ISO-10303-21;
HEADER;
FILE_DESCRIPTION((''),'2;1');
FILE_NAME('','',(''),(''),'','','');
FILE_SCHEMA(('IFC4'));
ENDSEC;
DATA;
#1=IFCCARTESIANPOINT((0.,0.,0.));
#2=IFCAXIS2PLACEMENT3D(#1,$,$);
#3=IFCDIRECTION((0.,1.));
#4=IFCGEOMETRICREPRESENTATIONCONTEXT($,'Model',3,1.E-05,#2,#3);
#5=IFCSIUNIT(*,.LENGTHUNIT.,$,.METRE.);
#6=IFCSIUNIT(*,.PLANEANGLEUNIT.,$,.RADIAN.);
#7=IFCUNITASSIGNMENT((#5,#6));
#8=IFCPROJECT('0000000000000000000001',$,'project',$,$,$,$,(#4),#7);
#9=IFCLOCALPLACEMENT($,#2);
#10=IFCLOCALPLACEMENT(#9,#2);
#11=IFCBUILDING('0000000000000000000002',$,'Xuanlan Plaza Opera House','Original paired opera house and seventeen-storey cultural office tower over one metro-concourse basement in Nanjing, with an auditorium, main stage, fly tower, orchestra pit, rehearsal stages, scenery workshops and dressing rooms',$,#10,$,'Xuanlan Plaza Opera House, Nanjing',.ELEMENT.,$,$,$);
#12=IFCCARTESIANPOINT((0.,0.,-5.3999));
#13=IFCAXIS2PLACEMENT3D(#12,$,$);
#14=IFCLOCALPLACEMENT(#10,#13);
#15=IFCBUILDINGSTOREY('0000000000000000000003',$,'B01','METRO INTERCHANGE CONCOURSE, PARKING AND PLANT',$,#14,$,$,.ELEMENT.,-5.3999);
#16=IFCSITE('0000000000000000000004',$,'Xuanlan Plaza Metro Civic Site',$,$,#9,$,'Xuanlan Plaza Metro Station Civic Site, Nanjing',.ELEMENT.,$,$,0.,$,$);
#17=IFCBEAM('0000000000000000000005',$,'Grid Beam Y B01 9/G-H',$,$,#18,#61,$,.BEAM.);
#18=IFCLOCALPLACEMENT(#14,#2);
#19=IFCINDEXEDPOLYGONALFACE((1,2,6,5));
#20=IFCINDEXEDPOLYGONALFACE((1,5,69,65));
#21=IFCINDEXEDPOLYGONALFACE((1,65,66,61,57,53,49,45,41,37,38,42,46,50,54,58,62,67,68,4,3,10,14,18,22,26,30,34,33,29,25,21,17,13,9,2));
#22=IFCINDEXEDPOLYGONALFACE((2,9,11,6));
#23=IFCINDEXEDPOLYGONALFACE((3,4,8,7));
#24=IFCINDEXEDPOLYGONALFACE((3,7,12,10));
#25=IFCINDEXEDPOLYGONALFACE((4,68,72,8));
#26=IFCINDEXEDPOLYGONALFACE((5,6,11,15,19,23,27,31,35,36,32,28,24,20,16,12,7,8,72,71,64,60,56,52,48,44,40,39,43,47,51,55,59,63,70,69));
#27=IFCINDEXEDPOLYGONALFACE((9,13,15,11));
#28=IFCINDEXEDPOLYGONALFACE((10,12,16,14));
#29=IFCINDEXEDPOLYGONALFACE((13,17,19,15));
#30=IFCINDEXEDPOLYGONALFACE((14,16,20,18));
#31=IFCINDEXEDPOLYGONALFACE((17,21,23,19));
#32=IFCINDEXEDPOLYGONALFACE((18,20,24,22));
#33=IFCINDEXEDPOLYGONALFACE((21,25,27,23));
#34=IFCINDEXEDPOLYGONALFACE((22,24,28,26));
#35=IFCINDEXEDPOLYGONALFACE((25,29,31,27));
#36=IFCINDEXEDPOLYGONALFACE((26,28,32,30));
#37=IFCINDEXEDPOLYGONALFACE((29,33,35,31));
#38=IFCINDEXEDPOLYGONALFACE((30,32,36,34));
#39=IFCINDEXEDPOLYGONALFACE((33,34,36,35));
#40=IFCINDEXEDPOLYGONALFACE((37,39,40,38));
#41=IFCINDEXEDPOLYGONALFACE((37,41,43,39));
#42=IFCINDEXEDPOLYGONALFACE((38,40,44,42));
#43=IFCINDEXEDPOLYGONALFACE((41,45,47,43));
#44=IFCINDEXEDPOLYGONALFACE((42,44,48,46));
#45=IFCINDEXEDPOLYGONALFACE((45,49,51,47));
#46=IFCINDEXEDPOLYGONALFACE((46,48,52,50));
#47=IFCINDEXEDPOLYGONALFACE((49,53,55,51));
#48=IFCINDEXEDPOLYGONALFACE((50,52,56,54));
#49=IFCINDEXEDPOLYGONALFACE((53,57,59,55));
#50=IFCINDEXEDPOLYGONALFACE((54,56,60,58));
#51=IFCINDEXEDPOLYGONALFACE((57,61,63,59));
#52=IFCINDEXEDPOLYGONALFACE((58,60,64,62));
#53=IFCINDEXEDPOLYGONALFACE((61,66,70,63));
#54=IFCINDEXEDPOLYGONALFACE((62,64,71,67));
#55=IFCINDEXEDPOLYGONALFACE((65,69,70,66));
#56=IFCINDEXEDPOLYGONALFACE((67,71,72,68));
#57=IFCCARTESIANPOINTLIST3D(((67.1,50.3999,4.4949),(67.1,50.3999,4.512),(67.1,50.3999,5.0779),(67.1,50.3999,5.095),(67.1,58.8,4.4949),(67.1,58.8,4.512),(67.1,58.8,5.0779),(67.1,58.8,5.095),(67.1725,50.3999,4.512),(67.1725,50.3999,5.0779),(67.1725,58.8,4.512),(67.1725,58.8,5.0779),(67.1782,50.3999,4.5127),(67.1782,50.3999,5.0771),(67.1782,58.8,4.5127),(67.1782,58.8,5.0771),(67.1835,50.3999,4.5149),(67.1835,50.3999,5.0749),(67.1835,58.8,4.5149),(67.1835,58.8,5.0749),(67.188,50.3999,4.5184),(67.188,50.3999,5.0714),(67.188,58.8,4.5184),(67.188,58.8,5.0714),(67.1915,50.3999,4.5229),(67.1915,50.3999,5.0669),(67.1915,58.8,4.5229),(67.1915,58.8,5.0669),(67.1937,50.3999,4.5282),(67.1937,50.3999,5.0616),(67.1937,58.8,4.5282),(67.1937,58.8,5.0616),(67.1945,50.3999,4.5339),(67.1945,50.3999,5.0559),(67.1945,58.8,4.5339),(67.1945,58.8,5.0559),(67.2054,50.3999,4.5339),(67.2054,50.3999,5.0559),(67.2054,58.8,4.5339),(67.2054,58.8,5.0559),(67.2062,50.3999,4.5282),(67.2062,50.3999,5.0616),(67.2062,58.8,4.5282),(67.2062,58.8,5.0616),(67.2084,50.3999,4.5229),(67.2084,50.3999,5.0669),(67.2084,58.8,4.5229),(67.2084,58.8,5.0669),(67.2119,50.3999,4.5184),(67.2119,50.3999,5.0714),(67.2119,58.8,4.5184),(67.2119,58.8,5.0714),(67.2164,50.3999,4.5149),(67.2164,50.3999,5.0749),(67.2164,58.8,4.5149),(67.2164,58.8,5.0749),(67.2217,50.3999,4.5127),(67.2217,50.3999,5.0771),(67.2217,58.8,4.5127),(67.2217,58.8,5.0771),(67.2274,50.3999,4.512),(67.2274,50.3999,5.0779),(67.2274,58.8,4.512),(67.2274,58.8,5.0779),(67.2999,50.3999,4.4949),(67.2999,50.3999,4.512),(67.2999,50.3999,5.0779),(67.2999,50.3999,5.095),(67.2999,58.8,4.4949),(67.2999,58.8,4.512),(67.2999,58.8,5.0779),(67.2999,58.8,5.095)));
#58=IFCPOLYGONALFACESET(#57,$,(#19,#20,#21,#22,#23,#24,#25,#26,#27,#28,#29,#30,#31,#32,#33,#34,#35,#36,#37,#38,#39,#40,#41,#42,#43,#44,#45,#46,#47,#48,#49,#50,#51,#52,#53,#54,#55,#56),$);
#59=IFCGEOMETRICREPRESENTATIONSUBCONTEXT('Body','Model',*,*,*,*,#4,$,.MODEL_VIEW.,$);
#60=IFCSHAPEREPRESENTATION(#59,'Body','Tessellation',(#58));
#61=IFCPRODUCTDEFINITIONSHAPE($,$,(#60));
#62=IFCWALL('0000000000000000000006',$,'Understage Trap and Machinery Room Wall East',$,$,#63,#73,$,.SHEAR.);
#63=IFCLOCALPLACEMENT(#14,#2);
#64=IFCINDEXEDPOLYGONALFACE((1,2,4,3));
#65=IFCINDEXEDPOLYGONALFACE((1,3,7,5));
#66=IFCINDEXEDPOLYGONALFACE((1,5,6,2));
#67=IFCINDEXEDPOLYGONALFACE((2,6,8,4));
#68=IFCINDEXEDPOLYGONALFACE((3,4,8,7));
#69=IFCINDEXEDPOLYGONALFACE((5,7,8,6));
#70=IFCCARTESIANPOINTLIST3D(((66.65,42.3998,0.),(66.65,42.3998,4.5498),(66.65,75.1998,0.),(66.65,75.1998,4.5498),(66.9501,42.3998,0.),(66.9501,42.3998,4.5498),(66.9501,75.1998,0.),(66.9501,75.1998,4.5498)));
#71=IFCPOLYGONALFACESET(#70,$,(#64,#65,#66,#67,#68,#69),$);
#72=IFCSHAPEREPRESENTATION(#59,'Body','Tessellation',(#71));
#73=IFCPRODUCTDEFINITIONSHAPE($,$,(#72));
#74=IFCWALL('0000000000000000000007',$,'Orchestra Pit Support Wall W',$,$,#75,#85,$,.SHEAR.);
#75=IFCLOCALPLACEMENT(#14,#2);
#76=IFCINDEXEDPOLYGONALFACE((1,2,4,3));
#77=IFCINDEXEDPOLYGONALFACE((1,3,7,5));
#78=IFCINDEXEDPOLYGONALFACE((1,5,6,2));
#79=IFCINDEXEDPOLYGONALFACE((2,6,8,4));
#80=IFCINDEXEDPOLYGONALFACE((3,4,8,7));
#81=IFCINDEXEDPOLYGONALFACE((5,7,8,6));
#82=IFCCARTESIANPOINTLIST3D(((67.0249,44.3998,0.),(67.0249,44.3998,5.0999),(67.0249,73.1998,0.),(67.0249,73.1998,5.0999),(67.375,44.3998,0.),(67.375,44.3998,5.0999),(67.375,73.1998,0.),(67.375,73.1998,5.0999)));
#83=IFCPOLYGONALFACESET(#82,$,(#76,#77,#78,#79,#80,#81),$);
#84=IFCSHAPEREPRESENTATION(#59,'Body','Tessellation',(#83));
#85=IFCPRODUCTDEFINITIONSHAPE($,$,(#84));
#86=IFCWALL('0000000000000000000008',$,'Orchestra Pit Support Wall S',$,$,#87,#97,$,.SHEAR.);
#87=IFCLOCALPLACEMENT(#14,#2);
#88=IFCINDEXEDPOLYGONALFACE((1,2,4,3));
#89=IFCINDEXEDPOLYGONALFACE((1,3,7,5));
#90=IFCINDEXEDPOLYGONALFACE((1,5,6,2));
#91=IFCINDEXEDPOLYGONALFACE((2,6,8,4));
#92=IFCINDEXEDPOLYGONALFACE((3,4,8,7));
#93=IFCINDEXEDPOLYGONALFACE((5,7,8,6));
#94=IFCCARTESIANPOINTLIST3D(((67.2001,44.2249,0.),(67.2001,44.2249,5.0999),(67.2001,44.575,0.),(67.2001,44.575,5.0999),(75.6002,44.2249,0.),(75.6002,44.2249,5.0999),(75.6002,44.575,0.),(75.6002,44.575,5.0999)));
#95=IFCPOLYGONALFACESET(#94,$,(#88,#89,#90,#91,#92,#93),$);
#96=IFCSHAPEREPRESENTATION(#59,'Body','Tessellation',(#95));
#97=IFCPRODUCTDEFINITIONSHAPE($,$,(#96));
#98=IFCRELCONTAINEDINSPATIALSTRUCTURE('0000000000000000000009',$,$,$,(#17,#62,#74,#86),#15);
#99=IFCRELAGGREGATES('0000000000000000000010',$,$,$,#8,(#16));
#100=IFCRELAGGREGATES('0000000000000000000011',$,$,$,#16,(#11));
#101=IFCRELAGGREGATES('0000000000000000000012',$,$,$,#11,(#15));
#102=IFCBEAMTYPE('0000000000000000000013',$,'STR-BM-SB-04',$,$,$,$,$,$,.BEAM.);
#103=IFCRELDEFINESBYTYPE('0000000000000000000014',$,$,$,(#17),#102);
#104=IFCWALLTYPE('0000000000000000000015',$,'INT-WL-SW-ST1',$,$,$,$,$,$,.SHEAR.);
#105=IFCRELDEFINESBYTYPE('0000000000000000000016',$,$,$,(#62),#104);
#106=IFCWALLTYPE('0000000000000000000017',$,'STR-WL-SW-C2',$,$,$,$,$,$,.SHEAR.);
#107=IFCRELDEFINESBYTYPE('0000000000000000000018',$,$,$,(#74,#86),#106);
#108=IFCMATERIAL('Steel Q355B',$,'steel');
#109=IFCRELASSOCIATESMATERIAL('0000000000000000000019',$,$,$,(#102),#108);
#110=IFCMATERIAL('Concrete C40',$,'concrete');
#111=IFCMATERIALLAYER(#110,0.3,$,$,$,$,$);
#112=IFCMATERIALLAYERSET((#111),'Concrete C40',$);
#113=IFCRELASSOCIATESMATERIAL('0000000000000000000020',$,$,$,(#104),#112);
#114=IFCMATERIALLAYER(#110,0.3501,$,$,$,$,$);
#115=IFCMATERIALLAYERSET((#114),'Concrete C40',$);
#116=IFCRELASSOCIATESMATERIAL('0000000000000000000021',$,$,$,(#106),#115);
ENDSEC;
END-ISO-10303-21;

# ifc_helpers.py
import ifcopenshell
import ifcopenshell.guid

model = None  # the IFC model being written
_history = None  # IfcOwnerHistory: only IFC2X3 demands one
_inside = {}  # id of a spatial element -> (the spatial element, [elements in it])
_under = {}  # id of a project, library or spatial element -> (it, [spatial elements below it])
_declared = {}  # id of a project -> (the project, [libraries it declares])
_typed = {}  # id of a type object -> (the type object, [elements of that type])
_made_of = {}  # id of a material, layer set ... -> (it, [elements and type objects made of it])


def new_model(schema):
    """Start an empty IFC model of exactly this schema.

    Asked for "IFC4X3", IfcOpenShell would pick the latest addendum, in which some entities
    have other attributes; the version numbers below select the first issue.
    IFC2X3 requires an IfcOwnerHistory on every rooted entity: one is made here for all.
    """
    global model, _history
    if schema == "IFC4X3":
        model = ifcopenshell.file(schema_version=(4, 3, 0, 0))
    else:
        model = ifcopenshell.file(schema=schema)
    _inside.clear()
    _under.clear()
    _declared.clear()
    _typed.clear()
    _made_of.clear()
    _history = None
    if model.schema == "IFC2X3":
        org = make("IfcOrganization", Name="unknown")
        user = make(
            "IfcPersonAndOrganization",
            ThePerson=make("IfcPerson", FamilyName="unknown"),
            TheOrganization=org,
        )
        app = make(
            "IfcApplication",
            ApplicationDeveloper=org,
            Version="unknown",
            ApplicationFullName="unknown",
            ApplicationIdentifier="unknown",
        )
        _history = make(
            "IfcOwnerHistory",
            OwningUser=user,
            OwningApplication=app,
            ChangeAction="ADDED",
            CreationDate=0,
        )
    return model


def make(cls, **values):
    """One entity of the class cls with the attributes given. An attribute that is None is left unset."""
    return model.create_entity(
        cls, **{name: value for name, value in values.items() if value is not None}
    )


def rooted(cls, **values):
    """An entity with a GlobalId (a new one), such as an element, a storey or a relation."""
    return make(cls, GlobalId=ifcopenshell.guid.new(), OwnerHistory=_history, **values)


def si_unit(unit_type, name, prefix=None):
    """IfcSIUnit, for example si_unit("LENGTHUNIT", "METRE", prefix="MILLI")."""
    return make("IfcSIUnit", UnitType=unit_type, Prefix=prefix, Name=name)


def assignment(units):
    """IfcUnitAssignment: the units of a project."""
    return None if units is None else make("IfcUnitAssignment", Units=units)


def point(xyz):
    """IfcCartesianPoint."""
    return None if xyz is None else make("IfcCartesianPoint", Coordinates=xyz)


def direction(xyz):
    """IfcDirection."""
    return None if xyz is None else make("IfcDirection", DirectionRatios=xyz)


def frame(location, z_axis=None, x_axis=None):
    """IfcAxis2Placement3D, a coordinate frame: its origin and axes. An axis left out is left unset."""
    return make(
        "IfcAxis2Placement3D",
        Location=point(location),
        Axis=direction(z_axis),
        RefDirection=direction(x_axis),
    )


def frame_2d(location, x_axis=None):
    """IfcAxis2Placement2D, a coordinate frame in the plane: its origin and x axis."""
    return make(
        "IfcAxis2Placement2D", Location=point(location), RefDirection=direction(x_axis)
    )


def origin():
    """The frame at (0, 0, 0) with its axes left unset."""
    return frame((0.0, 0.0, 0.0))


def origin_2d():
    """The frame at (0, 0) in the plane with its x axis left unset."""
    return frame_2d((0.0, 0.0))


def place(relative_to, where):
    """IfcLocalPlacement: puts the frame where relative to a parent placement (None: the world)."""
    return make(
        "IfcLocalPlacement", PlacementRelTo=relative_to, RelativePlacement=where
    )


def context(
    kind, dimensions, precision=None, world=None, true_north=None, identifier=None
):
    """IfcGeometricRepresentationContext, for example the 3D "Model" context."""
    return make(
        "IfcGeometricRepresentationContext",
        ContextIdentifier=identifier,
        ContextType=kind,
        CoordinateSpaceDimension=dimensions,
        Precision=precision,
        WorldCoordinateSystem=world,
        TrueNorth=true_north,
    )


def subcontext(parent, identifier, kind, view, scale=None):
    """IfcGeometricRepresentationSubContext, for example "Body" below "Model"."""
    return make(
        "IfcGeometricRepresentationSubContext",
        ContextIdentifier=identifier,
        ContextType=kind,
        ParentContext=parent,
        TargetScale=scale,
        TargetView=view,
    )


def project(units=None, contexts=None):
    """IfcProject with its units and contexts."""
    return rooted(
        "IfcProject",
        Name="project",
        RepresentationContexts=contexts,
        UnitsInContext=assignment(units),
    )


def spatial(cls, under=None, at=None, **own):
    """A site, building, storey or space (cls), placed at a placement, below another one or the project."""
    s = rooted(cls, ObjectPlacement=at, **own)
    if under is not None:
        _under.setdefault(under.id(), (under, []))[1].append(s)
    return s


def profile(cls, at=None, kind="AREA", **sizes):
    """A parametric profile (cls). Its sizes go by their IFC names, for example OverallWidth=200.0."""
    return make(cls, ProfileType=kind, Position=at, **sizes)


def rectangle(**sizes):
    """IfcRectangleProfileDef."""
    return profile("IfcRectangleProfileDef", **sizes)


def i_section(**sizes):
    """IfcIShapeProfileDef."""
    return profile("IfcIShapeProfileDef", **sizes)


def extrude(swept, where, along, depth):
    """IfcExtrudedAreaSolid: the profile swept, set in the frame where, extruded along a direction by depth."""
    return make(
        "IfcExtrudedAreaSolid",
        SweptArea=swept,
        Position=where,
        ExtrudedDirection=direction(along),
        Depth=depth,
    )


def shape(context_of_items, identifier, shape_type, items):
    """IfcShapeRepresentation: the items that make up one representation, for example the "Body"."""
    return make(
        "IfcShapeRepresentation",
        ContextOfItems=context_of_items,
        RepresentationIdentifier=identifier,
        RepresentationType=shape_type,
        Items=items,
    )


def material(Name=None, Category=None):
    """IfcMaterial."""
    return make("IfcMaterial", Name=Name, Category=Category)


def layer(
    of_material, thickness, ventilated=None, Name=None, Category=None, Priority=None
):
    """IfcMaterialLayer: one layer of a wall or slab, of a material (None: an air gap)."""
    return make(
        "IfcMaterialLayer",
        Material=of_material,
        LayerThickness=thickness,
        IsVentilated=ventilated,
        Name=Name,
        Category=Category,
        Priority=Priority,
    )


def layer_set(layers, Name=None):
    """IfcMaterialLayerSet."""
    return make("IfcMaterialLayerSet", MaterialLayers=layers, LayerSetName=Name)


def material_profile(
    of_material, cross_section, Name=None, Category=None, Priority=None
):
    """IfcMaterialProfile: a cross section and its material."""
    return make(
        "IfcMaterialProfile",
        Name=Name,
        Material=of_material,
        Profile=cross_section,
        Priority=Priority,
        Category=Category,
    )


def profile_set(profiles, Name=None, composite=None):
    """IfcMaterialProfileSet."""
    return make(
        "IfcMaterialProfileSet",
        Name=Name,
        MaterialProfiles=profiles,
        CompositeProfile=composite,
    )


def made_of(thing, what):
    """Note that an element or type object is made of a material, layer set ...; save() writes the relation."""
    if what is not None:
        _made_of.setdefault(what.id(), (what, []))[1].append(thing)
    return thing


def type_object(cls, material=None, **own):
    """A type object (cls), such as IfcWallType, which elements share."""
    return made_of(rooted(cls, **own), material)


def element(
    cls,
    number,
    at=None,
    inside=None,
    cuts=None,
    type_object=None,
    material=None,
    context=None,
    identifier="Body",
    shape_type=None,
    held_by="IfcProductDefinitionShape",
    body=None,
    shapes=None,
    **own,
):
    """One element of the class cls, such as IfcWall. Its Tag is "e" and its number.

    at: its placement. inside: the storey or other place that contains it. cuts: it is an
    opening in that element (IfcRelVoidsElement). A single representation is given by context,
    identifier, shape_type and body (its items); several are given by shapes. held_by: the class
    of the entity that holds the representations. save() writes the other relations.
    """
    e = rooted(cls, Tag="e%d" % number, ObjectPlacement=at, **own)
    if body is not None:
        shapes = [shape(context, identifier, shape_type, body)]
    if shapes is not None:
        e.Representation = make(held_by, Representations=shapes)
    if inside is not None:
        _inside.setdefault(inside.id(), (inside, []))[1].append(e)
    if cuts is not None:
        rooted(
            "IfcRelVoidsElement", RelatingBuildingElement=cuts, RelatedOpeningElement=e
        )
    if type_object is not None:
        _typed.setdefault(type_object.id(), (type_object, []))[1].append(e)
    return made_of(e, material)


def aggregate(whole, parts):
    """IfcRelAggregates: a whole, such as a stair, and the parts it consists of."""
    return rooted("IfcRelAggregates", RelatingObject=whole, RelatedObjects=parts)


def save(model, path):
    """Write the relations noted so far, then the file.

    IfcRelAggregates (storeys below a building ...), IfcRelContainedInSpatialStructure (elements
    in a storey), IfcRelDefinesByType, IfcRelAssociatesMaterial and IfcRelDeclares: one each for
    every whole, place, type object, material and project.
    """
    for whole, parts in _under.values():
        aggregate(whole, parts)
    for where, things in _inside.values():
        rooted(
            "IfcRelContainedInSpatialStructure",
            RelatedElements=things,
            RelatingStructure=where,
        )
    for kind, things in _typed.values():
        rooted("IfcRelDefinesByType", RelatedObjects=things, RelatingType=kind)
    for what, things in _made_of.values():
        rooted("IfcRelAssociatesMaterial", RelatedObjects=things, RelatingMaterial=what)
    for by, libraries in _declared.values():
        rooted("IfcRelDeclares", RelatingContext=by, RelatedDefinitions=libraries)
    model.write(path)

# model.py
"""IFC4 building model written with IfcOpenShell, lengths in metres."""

from ifc_helpers import new_model, si_unit, direction, frame, frame_2d, origin, origin_2d, place, context, subcontext, project, spatial, rectangle, i_section, extrude, material, layer, layer_set, material_profile, profile_set, type_object, element, save


model = new_model("IFC4")

# Units and contexts
model_context = context("Model", 3, precision=1e-05, world=origin(), true_north=direction((0.0, 1.0)))
body_context = subcontext(model_context, "Body", "Model", "MODEL_VIEW")
ifc_project = project(units=[si_unit("LENGTHUNIT", "METRE"), si_unit("PLANEANGLEUNIT", "RADIAN")], contexts=[model_context])

# Site, building, storey
site_placement = place(None, origin())
site = spatial("IfcSite", under=ifc_project, at=site_placement, Name="Xuanlan Plaza Metro Civic Site", LongName="Xuanlan Plaza Metro Station Civic Site, Nanjing", CompositionType="ELEMENT", RefElevation=0.0)
building_placement = place(site_placement, origin())
building = spatial("IfcBuilding", under=site, at=building_placement, Name="Xuanlan Plaza Opera House", Description="Original paired opera house and seventeen-storey cultural office tower over one metro-concourse basement in Nanjing, with an auditorium, main stage, fly tower, orchestra pit, rehearsal stages, scenery workshops and dressing rooms", LongName="Xuanlan Plaza Opera House, Nanjing", CompositionType="ELEMENT")
storey_placement = place(building_placement, frame((0.0, 0.0, -5.3999)))
storey = spatial("IfcBuildingStorey", under=building, at=storey_placement, Name="B01", Description="METRO INTERCHANGE CONCOURSE, PARKING AND PLANT", CompositionType="ELEMENT", Elevation=-5.3999)

# Shared definitions
ifc_material_1 = material(Name="Concrete C40", Category="concrete")

# Beam
ifc_material_2 = material(Name="Steel Q355B", Category="steel")
ifc_material_profile_1 = material_profile(ifc_material_2, i_section(OverallWidth=0.2, OverallDepth=0.6001, WebThickness=0.011, FlangeThickness=0.0171, FilletRadius=0.022, at=origin_2d()), Name="HN 600x200x11x17")
ifc_profile_set_1 = profile_set([ifc_material_profile_1], Name="Steel Q355B")
beam_type_1 = type_object("IfcBeamType", Name="STR-BM-SB-04", PredefinedType="BEAM", material=ifc_profile_set_1)
beam_1_placement = place(storey_placement, frame((67.2, 50.3999, 4.7949), z_axis=(0.0, 1.0, 0.0), x_axis=(-1.0, 0.0, 0.0)))
element("IfcBeam", 1, at=beam_1_placement, inside=storey, type_object=beam_type_1, Name="Grid Beam Y B01 9/G-H", PredefinedType="BEAM", context=body_context, shape_type="SweptSolid", body=[
    extrude(i_section(OverallWidth=0.2, OverallDepth=0.6001, WebThickness=0.011, FlangeThickness=0.0171, FilletRadius=0.022, at=origin_2d()), origin(), (0.0, 0.0, 1.0), 8.4001),
])

# Walls
ifc_layer_1 = layer(ifc_material_1, 0.3)
ifc_layer_set_1 = layer_set([ifc_layer_1], Name="Concrete C40")
wall_type_1 = type_object("IfcWallType", Name="INT-WL-SW-ST1", PredefinedType="SHEAR", material=ifc_layer_set_1)
wall_1_placement = place(storey_placement, frame((66.8, 42.3999, 0.0), z_axis=(0.0, 0.0, 1.0), x_axis=(0.0, 1.0, 0.0)))
element("IfcWall", 2, at=wall_1_placement, inside=storey, type_object=wall_type_1, Name="Understage Trap and Machinery Room Wall East", PredefinedType="SHEAR", context=body_context, shape_type="SweptSolid", body=[
    extrude(rectangle(XDim=32.8, YDim=0.3, at=frame_2d((16.3999, 0.0))), origin(), (0.0, 0.0, 1.0), 4.5498),
])
ifc_layer_2 = layer(ifc_material_1, 0.3501)
ifc_layer_set_2 = layer_set([ifc_layer_2], Name="Concrete C40")
wall_type_2 = type_object("IfcWallType", Name="STR-WL-SW-C2", PredefinedType="SHEAR", material=ifc_layer_set_2)
wall_2_placement = place(storey_placement, frame((67.2, 44.3999, 0.0), z_axis=(0.0, 0.0, 1.0), x_axis=(0.0, 1.0, 0.0)))
element("IfcWall", 3, at=wall_2_placement, inside=storey, type_object=wall_type_2, Name="Orchestra Pit Support Wall W", PredefinedType="SHEAR", context=body_context, shape_type="SweptSolid", body=[
    extrude(rectangle(XDim=28.8, YDim=0.3501, at=frame_2d((14.3999, 0.0))), origin(), (0.0, 0.0, 1.0), 5.0999),
])
wall_3_placement = place(storey_placement, frame((67.2, 44.3999, 0.0), z_axis=(0.0, 0.0, 1.0), x_axis=(1.0, 0.0, 0.0)))
element("IfcWall", 4, at=wall_3_placement, inside=storey, type_object=wall_type_2, Name="Orchestra Pit Support Wall S", PredefinedType="SHEAR", context=body_context, shape_type="SweptSolid", body=[
    extrude(rectangle(XDim=8.4001, YDim=0.3501, at=frame_2d((4.2002, 0.0))), origin(), (0.0, 0.0, 1.0), 5.0999),
])

save(model, "model.ifc")
